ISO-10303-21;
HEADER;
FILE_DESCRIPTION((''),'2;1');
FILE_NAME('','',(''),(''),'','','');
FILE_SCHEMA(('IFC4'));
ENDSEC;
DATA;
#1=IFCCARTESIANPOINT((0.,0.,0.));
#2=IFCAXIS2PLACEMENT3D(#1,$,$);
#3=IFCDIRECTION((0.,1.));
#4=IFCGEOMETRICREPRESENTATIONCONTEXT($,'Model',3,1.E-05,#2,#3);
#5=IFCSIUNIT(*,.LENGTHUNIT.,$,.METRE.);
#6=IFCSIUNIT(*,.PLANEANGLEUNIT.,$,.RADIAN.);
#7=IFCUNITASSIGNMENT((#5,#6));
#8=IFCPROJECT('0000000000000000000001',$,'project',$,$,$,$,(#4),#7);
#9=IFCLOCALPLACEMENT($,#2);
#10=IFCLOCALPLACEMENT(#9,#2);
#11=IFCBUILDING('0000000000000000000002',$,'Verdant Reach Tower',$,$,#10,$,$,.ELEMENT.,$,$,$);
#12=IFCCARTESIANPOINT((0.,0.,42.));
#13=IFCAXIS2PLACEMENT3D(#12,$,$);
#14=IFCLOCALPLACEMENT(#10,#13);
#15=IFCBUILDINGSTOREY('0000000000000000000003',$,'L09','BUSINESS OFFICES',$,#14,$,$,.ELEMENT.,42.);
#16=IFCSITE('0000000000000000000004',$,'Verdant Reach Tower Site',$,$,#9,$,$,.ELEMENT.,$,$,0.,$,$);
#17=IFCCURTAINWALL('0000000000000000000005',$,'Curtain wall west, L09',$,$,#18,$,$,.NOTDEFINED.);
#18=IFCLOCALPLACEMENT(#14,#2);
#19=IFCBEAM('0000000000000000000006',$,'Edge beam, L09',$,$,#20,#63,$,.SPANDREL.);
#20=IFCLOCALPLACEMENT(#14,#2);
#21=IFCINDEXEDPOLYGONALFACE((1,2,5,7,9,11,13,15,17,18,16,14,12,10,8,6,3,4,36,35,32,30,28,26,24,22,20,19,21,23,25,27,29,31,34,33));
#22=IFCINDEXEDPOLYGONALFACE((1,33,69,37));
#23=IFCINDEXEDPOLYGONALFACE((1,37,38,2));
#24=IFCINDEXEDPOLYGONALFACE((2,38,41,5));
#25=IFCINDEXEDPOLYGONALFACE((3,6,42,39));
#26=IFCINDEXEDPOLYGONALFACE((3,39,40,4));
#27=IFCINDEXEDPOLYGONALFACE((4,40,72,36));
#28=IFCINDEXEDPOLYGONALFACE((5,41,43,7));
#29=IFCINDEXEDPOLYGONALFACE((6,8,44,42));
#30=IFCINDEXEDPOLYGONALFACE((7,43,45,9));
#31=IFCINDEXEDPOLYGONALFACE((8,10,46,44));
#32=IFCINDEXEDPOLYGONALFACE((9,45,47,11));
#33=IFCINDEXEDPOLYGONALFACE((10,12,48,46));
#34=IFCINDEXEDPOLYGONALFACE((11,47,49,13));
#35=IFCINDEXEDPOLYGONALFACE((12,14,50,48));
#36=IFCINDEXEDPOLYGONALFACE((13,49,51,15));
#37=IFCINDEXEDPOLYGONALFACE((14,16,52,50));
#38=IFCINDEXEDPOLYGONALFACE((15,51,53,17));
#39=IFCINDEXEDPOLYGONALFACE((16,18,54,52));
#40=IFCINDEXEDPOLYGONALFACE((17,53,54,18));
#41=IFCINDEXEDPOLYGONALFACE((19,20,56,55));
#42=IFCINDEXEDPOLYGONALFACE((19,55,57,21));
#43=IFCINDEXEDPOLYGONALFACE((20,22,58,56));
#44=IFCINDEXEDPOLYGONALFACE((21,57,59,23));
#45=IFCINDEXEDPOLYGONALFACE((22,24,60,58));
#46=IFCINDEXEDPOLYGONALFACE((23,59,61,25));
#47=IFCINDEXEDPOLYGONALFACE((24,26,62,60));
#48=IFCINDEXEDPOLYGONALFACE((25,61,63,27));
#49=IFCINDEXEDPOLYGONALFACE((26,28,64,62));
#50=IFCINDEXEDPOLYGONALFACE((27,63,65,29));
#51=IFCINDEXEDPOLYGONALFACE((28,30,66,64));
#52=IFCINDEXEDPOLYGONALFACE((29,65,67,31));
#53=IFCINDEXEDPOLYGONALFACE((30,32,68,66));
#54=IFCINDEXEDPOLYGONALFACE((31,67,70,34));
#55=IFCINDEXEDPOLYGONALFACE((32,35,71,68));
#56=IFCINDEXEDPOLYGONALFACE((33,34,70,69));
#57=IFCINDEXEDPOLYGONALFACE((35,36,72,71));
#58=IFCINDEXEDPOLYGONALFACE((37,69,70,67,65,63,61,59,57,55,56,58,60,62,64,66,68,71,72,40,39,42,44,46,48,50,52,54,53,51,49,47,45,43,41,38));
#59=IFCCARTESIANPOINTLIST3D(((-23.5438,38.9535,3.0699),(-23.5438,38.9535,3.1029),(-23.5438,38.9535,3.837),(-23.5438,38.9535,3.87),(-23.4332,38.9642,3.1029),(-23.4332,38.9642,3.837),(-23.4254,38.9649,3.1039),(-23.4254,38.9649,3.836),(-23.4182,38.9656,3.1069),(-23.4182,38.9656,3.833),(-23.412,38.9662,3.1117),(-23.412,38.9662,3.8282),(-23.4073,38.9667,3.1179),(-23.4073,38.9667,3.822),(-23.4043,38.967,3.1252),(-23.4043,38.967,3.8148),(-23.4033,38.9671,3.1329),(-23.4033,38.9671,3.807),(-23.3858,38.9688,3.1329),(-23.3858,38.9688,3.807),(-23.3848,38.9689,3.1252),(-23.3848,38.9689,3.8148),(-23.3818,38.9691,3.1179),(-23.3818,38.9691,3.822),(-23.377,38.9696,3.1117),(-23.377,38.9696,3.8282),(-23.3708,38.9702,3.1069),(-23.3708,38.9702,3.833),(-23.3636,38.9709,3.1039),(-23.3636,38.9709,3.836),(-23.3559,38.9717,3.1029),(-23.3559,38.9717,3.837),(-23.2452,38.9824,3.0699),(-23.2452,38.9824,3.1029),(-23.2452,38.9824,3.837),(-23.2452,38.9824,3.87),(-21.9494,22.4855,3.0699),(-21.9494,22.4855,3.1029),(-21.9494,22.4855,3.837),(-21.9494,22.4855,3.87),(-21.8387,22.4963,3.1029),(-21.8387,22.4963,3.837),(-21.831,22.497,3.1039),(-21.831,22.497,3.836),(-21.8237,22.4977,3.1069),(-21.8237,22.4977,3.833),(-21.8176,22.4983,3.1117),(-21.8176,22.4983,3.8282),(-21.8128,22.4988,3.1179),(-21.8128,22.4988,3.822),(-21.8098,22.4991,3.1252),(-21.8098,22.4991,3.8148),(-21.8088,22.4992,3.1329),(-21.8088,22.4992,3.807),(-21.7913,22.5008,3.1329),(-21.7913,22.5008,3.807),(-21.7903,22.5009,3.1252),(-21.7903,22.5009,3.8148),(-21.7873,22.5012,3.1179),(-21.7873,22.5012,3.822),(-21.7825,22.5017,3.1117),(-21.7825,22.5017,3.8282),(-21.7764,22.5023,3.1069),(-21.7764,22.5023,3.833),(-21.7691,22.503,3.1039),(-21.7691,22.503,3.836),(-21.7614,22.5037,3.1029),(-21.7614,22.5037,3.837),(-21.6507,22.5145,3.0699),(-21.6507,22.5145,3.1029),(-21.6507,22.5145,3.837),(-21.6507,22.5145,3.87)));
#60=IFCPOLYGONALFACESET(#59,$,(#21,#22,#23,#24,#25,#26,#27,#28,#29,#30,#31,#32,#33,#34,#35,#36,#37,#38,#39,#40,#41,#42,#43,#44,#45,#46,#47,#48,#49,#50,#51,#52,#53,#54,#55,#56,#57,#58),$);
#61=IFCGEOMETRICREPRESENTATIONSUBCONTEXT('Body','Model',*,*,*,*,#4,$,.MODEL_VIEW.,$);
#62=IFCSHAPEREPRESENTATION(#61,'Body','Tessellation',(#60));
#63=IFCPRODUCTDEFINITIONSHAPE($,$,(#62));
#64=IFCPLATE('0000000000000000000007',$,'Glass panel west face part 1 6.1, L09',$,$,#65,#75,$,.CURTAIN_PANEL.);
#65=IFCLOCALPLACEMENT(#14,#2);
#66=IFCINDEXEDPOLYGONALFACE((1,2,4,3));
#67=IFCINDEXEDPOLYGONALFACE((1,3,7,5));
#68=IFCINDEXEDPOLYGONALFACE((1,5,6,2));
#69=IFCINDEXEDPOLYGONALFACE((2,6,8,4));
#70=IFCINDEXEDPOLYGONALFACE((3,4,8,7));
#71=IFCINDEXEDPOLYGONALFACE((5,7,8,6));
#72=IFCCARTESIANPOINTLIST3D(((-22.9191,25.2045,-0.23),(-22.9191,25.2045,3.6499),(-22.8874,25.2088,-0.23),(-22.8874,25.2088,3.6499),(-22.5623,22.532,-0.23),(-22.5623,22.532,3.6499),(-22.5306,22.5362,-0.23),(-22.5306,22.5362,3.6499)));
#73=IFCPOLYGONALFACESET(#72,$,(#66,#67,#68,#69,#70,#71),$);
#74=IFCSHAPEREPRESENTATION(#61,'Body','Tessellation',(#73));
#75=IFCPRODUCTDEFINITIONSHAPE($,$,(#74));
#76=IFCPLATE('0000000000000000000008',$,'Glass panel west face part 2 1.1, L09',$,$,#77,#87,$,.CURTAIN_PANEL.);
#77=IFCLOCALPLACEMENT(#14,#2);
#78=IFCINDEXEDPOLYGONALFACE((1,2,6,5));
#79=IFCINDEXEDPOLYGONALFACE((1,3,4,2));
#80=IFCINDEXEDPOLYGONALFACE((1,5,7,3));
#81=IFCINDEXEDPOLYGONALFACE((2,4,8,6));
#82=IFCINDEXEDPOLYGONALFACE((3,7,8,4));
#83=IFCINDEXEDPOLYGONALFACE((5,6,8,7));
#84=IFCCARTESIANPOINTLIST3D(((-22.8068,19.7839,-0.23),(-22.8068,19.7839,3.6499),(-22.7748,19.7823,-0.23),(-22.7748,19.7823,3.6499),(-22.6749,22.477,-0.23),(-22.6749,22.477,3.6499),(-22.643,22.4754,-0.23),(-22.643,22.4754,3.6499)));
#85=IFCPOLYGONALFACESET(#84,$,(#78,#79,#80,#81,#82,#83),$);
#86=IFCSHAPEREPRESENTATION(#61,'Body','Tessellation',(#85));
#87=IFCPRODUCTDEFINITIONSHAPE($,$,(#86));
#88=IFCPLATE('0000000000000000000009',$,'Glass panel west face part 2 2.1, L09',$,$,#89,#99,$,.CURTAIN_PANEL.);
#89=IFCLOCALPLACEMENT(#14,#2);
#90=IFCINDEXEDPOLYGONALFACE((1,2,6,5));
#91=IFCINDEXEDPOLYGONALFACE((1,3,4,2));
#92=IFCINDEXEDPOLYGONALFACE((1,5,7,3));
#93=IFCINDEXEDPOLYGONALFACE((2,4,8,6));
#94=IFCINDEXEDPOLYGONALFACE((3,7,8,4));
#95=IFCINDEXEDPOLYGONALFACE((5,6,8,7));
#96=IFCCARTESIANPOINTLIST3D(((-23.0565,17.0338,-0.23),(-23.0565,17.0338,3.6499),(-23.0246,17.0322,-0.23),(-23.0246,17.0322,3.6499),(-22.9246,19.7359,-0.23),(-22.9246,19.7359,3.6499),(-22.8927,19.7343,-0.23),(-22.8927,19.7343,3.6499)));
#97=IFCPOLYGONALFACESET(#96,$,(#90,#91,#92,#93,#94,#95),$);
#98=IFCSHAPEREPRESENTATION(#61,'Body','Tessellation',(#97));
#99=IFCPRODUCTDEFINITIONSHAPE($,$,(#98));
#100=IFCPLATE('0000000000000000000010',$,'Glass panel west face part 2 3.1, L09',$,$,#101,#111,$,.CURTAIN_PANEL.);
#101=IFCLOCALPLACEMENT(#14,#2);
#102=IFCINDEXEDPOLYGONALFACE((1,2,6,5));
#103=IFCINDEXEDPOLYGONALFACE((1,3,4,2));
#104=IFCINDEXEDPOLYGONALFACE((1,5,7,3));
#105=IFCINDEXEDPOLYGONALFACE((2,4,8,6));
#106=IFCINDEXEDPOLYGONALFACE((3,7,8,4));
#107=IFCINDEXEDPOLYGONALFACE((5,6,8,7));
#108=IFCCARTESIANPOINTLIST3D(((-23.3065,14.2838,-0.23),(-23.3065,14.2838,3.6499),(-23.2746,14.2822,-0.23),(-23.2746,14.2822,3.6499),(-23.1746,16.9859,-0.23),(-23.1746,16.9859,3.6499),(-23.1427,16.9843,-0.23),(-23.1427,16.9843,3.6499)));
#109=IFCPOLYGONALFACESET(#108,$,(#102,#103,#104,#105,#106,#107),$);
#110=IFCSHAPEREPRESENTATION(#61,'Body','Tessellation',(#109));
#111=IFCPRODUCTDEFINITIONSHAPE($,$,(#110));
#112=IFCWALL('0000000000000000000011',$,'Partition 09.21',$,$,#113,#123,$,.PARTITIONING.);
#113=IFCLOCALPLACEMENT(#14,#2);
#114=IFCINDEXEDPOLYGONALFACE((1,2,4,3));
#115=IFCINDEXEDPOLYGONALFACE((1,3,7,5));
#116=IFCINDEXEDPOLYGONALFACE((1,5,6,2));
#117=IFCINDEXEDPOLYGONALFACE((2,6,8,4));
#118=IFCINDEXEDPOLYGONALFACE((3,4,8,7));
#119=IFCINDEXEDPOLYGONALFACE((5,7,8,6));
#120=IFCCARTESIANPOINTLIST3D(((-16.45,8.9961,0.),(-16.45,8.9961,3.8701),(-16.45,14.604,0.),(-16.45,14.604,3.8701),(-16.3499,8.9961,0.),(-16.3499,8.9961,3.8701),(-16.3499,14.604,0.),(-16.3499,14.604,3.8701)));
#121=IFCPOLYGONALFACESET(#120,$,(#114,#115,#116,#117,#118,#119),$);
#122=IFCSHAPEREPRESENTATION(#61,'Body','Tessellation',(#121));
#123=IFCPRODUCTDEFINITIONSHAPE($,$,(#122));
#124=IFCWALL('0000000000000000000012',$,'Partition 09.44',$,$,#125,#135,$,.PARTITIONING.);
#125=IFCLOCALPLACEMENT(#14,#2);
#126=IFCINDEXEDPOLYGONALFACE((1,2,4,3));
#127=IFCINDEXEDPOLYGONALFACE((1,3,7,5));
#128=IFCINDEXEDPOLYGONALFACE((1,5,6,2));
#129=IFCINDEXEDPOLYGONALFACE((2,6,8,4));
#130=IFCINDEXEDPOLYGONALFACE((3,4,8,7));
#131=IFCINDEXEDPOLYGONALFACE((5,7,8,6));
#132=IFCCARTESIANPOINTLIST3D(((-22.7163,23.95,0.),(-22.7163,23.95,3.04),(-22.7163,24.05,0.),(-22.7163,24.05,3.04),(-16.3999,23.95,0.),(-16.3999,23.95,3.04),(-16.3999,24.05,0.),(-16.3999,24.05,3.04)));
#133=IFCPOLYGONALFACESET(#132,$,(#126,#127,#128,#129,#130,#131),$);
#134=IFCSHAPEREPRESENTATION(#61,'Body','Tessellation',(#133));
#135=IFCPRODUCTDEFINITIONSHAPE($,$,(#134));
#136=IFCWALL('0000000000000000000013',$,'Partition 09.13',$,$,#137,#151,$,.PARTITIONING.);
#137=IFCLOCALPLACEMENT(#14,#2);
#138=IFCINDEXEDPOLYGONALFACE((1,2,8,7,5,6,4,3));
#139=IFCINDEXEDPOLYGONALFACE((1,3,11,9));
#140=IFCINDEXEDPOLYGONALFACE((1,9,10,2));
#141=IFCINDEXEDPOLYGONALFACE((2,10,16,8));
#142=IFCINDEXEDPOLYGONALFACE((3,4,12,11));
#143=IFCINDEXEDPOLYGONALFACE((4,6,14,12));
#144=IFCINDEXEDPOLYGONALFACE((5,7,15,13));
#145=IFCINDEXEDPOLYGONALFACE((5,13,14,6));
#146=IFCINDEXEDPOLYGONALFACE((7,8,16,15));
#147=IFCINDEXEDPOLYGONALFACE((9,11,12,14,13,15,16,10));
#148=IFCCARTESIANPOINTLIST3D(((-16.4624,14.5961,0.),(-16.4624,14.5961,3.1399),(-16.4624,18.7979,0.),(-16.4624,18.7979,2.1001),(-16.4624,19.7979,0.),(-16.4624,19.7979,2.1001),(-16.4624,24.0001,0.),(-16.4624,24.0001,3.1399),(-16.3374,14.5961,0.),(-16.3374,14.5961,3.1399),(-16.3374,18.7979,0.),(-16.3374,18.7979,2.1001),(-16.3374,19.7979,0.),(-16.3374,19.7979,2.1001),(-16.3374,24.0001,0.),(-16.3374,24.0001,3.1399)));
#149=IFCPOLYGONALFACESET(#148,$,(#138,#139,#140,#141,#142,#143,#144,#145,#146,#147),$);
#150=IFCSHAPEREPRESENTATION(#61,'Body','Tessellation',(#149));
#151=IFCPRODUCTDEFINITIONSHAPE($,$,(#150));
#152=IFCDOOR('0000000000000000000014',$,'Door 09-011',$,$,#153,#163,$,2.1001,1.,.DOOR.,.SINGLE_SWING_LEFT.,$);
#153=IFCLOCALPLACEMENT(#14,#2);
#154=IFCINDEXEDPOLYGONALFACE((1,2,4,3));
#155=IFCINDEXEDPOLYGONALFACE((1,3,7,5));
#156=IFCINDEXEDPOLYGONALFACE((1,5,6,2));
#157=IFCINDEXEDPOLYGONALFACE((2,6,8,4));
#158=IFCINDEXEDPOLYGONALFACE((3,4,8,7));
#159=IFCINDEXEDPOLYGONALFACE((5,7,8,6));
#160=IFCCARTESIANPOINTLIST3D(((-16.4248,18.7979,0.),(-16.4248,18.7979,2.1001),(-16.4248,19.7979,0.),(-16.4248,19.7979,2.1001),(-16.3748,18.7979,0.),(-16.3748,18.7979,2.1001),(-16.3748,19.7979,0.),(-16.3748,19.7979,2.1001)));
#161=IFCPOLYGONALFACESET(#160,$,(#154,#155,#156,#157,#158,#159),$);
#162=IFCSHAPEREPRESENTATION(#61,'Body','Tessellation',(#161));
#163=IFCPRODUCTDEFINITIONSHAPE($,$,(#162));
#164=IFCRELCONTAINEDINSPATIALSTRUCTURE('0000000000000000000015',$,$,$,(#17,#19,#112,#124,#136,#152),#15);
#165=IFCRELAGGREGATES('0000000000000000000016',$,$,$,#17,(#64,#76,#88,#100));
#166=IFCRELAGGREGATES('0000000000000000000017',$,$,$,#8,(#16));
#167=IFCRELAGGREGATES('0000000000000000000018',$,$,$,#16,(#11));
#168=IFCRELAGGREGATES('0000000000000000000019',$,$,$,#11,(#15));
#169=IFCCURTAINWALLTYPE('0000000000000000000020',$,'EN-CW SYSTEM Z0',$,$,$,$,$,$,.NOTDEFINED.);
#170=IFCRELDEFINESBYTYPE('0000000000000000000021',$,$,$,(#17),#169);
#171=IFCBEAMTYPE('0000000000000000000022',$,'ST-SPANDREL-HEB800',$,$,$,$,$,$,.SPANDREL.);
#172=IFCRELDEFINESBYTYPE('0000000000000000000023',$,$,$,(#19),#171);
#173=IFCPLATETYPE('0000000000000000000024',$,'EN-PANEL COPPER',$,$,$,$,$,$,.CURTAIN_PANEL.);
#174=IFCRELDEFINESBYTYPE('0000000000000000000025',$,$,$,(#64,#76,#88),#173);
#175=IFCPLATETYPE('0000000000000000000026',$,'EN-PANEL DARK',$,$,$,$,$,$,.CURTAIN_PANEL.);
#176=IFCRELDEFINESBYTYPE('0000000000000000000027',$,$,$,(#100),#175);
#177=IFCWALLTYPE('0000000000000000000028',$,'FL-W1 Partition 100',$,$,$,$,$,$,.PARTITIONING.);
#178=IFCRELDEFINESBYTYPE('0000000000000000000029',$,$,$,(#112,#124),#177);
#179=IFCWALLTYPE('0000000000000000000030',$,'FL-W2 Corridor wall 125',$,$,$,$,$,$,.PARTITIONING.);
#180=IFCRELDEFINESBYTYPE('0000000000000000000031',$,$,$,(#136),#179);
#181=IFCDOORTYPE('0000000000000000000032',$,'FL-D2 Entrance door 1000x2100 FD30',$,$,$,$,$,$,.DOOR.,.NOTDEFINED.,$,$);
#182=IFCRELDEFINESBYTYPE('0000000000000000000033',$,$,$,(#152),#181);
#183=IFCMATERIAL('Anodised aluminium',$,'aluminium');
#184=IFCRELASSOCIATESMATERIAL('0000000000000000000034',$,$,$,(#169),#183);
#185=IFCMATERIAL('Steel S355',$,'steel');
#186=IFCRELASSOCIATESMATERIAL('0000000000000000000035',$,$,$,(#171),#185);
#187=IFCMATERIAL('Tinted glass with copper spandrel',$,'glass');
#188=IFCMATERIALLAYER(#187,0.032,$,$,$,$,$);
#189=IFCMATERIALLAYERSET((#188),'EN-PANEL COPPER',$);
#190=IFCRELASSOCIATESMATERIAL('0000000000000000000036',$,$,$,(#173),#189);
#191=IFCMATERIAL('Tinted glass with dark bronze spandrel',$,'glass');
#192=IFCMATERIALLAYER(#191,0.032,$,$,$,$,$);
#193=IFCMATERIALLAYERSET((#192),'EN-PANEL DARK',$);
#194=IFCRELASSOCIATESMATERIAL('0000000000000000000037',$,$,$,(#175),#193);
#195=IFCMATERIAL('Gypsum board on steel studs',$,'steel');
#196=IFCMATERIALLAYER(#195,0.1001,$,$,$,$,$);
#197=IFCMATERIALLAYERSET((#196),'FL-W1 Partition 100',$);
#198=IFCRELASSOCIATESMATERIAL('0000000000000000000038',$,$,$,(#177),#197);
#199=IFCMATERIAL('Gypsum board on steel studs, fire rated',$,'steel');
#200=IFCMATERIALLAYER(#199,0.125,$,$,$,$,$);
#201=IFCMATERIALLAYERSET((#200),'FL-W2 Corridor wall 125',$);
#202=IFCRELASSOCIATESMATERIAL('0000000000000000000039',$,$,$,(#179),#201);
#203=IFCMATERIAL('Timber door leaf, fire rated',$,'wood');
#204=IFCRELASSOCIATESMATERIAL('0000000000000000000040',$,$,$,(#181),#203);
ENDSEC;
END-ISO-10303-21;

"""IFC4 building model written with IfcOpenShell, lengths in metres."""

from ifc_helpers import new_model, si_unit, direction, frame, frame_2d, origin, origin_2d, place, context, subcontext, project, spatial, rectangle, i_section, extrude, material, layer, layer_set, material_profile, profile_set, type_object, element, fill, aggregate, save


model = new_model("IFC4")

# Units and contexts
model_context = context("Model", 3, precision=1e-05, world=origin(), true_north=direction((0.0, 1.0)))
body_context = subcontext(model_context, "Body", "Model", "MODEL_VIEW")
ifc_project = project(units=[si_unit("LENGTHUNIT", "METRE"), si_unit("PLANEANGLEUNIT", "RADIAN")], contexts=[model_context])

# Site, building, storey
site_placement = place(None, origin())
site = spatial("IfcSite", under=ifc_project, at=site_placement, Name="Verdant Reach Tower Site", CompositionType="ELEMENT", RefElevation=0.0)
building_placement = place(site_placement, origin())
building = spatial("IfcBuilding", under=site, at=building_placement, Name="Verdant Reach Tower", CompositionType="ELEMENT")
storey_placement = place(building_placement, frame((0.0, 0.0, 42.0)))
storey = spatial("IfcBuildingStorey", under=building, at=storey_placement, Name="L09", Description="BUSINESS OFFICES", CompositionType="ELEMENT", Elevation=42.0)

# Curtain wall
ifc_material_1 = material(Name="Anodised aluminium", Category="aluminium")
curtain_wall_type = type_object("IfcCurtainWallType", Name="EN-CW SYSTEM Z0", PredefinedType="NOTDEFINED", material=ifc_material_1)
curtain_wall_placement = place(storey_placement, origin())
curtain_wall = element("IfcCurtainWall", 1, at=curtain_wall_placement, inside=storey, type_object=curtain_wall_type, Name="Curtain wall west, L09", PredefinedType="NOTDEFINED")

# Beam
ifc_material_2 = material(Name="Steel S355", Category="steel")
ifc_material_profile_1 = material_profile(ifc_material_2, i_section(OverallWidth=0.3, OverallDepth=0.8, WebThickness=0.0176, FlangeThickness=0.033, FilletRadius=0.03, at=origin_2d()), Name="HEB 800")
ifc_profile_set_1 = profile_set([ifc_material_profile_1], Name="Steel S355")
beam_type_1 = type_object("IfcBeamType", Name="ST-SPANDREL-HEB800", PredefinedType="SPANDREL", material=ifc_profile_set_1)
beam_1_placement = place(storey_placement, frame((-21.8, 22.5, 3.47), z_axis=(-0.096372, 0.995345, 0.0), x_axis=(-0.995345, -0.096372, 0.0)))
element("IfcBeam", 2, at=beam_1_placement, inside=storey, type_object=beam_type_1, Name="Edge beam, L09", PredefinedType="SPANDREL", context=body_context, shape_type="SweptSolid", body=[
    extrude(i_section(OverallWidth=0.3, OverallDepth=0.8, WebThickness=0.0176, FlangeThickness=0.033, FilletRadius=0.03, at=origin_2d()), origin(), (0.0, 0.0, 1.0), 16.5449),
])

# Plates
ifc_material_3 = material(Name="Tinted glass with copper spandrel", Category="glass")
ifc_layer_1 = layer(ifc_material_3, 0.032)
ifc_layer_set_1 = layer_set([ifc_layer_1], Name="EN-PANEL COPPER")
plate_type_1 = type_object("IfcPlateType", Name="EN-PANEL COPPER", PredefinedType="CURTAIN_PANEL", material=ifc_layer_set_1)
plate_1_placement = place(storey_placement, frame((-22.7249, 23.8704, -0.23), z_axis=(0.0, 0.0, 1.0), x_axis=(0.132308, -0.991209, 0.0)))
plate_1 = element("IfcPlate", 3, at=plate_1_placement, type_object=plate_type_1, Name="Glass panel west face part 1 6.1, L09", PredefinedType="CURTAIN_PANEL", context=body_context, shape_type="SweptSolid", body=[
    extrude(rectangle(XDim=2.6963, YDim=0.032, at=origin_2d()), origin(), (0.0, 0.0, 1.0), 3.8799),
])
plate_2_placement = place(storey_placement, frame((-22.7249, 21.1296, -0.23), z_axis=(0.0, 0.0, 1.0), x_axis=(-0.048902, -0.998804, 0.0)))
plate_2 = element("IfcPlate", 4, at=plate_2_placement, type_object=plate_type_1, Name="Glass panel west face part 2 1.1, L09", PredefinedType="CURTAIN_PANEL", context=body_context, shape_type="SweptSolid", body=[
    extrude(rectangle(XDim=2.6963, YDim=0.032, at=origin_2d()), origin(), (0.0, 0.0, 1.0), 3.8799),
])
plate_3_placement = place(storey_placement, frame((-22.9746, 18.384, -0.23), z_axis=(0.0, 0.0, 1.0), x_axis=(-0.048753, -0.998811, 0.0)))
plate_3 = element("IfcPlate", 5, at=plate_3_placement, type_object=plate_type_1, Name="Glass panel west face part 2 2.1, L09", PredefinedType="CURTAIN_PANEL", context=body_context, shape_type="SweptSolid", body=[
    extrude(rectangle(XDim=2.7053, YDim=0.032, at=origin_2d()), origin(), (0.0, 0.0, 1.0), 3.8799),
])
ifc_material_4 = material(Name="Tinted glass with dark bronze spandrel", Category="glass")
ifc_layer_2 = layer(ifc_material_4, 0.032)
ifc_layer_set_2 = layer_set([ifc_layer_2], Name="EN-PANEL DARK")
plate_type_2 = type_object("IfcPlateType", Name="EN-PANEL DARK", PredefinedType="CURTAIN_PANEL", material=ifc_layer_set_2)
plate_4_placement = place(storey_placement, frame((-23.2246, 15.634, -0.23), z_axis=(0.0, 0.0, 1.0), x_axis=(-0.048753, -0.998811, 0.0)))
plate_4 = element("IfcPlate", 6, at=plate_4_placement, type_object=plate_type_2, Name="Glass panel west face part 2 3.1, L09", PredefinedType="CURTAIN_PANEL", context=body_context, shape_type="SweptSolid", body=[
    extrude(rectangle(XDim=2.7053, YDim=0.032, at=origin_2d()), origin(), (0.0, 0.0, 1.0), 3.8799),
])
aggregate(curtain_wall, [plate_1, plate_2, plate_3, plate_4])

# Walls
ifc_material_5 = material(Name="Gypsum board on steel studs", Category="steel")
ifc_layer_3 = layer(ifc_material_5, 0.1001)
ifc_layer_set_3 = layer_set([ifc_layer_3], Name="FL-W1 Partition 100")
wall_type_1 = type_object("IfcWallType", Name="FL-W1 Partition 100", PredefinedType="PARTITIONING", material=ifc_layer_set_3)
wall_1_placement = place(storey_placement, frame((-16.3999, 14.604, 0.0), z_axis=(0.0, 0.0, 1.0), x_axis=(0.0, -1.0, 0.0)))
element("IfcWall", 7, at=wall_1_placement, inside=storey, type_object=wall_type_1, Name="Partition 09.21", PredefinedType="PARTITIONING", context=body_context, shape_type="SweptSolid", body=[
    extrude(rectangle(XDim=5.6079, YDim=0.1001, at=frame_2d((2.804, 0.0))), origin(), (0.0, 0.0, 1.0), 3.8701),
])
wall_2_placement = place(storey_placement, frame((-16.3999, 24.0, 0.0), z_axis=(0.0, 0.0, 1.0), x_axis=(-1.0, 0.0, 0.0)))
element("IfcWall", 8, at=wall_2_placement, inside=storey, type_object=wall_type_1, Name="Partition 09.44", PredefinedType="PARTITIONING", context=body_context, shape_type="SweptSolid", body=[
    extrude(rectangle(XDim=6.3164, YDim=0.1001, at=frame_2d((3.1582, 0.0))), origin(), (0.0, 0.0, 1.0), 3.04),
])

# Wall, opening, door
ifc_material_6 = material(Name="Gypsum board on steel studs, fire rated", Category="steel")
ifc_layer_4 = layer(ifc_material_6, 0.125)
ifc_layer_set_4 = layer_set([ifc_layer_4], Name="FL-W2 Corridor wall 125")
wall_type_2 = type_object("IfcWallType", Name="FL-W2 Corridor wall 125", PredefinedType="PARTITIONING", material=ifc_layer_set_4)
wall_3_placement = place(storey_placement, frame((-16.3999, 14.5959, 0.0), z_axis=(0.0, 0.0, 1.0), x_axis=(0.0, 1.0, 0.0)))
wall_3 = element("IfcWall", 9, at=wall_3_placement, inside=storey, type_object=wall_type_2, Name="Partition 09.13", PredefinedType="PARTITIONING", context=body_context, shape_type="SweptSolid", body=[
    extrude(rectangle(XDim=9.4041, YDim=0.125, at=frame_2d((4.7021, 0.0))), origin(), (0.0, 0.0, 1.0), 3.1399),
])
opening_1_placement = place(wall_3_placement, frame((4.2019, 0.0, 0.0)))
opening_1 = element("IfcOpeningElement", 10, at=opening_1_placement, cuts=wall_3, PredefinedType="OPENING", context=body_context, shape_type="SweptSolid", body=[
    extrude(rectangle(XDim=1.0, YDim=2.1001, at=frame_2d((0.5, 1.05))), frame((0.0, 0.0725, 0.0), z_axis=(0.0, -1.0, 0.0), x_axis=(1.0, 0.0, 0.0)), (0.0, 0.0, 1.0), 0.145),
])
ifc_material_7 = material(Name="Timber door leaf, fire rated", Category="wood")
door_type = type_object("IfcDoorType", Name="FL-D2 Entrance door 1000x2100 FD30", OperationType="NOTDEFINED", PredefinedType="DOOR", material=ifc_material_7)
door_1_placement = place(opening_1_placement, origin())
door_1 = element("IfcDoor", 11, at=door_1_placement, inside=storey, type_object=door_type, Name="Door 09-011", OperationType="SINGLE_SWING_LEFT", OverallHeight=2.1001, OverallWidth=1.0, PredefinedType="DOOR", context=body_context, shape_type="SweptSolid", body=[
    extrude(rectangle(XDim=1.0, YDim=2.1001, at=frame_2d((0.5, 1.05))), frame((0.0, 0.0249, 0.0), z_axis=(0.0, -1.0, 0.0), x_axis=(1.0, 0.0, 0.0)), (0.0, 0.0, 1.0), 0.05),
])
fill(opening_1, door_1)

save(model, "model.ifc")
